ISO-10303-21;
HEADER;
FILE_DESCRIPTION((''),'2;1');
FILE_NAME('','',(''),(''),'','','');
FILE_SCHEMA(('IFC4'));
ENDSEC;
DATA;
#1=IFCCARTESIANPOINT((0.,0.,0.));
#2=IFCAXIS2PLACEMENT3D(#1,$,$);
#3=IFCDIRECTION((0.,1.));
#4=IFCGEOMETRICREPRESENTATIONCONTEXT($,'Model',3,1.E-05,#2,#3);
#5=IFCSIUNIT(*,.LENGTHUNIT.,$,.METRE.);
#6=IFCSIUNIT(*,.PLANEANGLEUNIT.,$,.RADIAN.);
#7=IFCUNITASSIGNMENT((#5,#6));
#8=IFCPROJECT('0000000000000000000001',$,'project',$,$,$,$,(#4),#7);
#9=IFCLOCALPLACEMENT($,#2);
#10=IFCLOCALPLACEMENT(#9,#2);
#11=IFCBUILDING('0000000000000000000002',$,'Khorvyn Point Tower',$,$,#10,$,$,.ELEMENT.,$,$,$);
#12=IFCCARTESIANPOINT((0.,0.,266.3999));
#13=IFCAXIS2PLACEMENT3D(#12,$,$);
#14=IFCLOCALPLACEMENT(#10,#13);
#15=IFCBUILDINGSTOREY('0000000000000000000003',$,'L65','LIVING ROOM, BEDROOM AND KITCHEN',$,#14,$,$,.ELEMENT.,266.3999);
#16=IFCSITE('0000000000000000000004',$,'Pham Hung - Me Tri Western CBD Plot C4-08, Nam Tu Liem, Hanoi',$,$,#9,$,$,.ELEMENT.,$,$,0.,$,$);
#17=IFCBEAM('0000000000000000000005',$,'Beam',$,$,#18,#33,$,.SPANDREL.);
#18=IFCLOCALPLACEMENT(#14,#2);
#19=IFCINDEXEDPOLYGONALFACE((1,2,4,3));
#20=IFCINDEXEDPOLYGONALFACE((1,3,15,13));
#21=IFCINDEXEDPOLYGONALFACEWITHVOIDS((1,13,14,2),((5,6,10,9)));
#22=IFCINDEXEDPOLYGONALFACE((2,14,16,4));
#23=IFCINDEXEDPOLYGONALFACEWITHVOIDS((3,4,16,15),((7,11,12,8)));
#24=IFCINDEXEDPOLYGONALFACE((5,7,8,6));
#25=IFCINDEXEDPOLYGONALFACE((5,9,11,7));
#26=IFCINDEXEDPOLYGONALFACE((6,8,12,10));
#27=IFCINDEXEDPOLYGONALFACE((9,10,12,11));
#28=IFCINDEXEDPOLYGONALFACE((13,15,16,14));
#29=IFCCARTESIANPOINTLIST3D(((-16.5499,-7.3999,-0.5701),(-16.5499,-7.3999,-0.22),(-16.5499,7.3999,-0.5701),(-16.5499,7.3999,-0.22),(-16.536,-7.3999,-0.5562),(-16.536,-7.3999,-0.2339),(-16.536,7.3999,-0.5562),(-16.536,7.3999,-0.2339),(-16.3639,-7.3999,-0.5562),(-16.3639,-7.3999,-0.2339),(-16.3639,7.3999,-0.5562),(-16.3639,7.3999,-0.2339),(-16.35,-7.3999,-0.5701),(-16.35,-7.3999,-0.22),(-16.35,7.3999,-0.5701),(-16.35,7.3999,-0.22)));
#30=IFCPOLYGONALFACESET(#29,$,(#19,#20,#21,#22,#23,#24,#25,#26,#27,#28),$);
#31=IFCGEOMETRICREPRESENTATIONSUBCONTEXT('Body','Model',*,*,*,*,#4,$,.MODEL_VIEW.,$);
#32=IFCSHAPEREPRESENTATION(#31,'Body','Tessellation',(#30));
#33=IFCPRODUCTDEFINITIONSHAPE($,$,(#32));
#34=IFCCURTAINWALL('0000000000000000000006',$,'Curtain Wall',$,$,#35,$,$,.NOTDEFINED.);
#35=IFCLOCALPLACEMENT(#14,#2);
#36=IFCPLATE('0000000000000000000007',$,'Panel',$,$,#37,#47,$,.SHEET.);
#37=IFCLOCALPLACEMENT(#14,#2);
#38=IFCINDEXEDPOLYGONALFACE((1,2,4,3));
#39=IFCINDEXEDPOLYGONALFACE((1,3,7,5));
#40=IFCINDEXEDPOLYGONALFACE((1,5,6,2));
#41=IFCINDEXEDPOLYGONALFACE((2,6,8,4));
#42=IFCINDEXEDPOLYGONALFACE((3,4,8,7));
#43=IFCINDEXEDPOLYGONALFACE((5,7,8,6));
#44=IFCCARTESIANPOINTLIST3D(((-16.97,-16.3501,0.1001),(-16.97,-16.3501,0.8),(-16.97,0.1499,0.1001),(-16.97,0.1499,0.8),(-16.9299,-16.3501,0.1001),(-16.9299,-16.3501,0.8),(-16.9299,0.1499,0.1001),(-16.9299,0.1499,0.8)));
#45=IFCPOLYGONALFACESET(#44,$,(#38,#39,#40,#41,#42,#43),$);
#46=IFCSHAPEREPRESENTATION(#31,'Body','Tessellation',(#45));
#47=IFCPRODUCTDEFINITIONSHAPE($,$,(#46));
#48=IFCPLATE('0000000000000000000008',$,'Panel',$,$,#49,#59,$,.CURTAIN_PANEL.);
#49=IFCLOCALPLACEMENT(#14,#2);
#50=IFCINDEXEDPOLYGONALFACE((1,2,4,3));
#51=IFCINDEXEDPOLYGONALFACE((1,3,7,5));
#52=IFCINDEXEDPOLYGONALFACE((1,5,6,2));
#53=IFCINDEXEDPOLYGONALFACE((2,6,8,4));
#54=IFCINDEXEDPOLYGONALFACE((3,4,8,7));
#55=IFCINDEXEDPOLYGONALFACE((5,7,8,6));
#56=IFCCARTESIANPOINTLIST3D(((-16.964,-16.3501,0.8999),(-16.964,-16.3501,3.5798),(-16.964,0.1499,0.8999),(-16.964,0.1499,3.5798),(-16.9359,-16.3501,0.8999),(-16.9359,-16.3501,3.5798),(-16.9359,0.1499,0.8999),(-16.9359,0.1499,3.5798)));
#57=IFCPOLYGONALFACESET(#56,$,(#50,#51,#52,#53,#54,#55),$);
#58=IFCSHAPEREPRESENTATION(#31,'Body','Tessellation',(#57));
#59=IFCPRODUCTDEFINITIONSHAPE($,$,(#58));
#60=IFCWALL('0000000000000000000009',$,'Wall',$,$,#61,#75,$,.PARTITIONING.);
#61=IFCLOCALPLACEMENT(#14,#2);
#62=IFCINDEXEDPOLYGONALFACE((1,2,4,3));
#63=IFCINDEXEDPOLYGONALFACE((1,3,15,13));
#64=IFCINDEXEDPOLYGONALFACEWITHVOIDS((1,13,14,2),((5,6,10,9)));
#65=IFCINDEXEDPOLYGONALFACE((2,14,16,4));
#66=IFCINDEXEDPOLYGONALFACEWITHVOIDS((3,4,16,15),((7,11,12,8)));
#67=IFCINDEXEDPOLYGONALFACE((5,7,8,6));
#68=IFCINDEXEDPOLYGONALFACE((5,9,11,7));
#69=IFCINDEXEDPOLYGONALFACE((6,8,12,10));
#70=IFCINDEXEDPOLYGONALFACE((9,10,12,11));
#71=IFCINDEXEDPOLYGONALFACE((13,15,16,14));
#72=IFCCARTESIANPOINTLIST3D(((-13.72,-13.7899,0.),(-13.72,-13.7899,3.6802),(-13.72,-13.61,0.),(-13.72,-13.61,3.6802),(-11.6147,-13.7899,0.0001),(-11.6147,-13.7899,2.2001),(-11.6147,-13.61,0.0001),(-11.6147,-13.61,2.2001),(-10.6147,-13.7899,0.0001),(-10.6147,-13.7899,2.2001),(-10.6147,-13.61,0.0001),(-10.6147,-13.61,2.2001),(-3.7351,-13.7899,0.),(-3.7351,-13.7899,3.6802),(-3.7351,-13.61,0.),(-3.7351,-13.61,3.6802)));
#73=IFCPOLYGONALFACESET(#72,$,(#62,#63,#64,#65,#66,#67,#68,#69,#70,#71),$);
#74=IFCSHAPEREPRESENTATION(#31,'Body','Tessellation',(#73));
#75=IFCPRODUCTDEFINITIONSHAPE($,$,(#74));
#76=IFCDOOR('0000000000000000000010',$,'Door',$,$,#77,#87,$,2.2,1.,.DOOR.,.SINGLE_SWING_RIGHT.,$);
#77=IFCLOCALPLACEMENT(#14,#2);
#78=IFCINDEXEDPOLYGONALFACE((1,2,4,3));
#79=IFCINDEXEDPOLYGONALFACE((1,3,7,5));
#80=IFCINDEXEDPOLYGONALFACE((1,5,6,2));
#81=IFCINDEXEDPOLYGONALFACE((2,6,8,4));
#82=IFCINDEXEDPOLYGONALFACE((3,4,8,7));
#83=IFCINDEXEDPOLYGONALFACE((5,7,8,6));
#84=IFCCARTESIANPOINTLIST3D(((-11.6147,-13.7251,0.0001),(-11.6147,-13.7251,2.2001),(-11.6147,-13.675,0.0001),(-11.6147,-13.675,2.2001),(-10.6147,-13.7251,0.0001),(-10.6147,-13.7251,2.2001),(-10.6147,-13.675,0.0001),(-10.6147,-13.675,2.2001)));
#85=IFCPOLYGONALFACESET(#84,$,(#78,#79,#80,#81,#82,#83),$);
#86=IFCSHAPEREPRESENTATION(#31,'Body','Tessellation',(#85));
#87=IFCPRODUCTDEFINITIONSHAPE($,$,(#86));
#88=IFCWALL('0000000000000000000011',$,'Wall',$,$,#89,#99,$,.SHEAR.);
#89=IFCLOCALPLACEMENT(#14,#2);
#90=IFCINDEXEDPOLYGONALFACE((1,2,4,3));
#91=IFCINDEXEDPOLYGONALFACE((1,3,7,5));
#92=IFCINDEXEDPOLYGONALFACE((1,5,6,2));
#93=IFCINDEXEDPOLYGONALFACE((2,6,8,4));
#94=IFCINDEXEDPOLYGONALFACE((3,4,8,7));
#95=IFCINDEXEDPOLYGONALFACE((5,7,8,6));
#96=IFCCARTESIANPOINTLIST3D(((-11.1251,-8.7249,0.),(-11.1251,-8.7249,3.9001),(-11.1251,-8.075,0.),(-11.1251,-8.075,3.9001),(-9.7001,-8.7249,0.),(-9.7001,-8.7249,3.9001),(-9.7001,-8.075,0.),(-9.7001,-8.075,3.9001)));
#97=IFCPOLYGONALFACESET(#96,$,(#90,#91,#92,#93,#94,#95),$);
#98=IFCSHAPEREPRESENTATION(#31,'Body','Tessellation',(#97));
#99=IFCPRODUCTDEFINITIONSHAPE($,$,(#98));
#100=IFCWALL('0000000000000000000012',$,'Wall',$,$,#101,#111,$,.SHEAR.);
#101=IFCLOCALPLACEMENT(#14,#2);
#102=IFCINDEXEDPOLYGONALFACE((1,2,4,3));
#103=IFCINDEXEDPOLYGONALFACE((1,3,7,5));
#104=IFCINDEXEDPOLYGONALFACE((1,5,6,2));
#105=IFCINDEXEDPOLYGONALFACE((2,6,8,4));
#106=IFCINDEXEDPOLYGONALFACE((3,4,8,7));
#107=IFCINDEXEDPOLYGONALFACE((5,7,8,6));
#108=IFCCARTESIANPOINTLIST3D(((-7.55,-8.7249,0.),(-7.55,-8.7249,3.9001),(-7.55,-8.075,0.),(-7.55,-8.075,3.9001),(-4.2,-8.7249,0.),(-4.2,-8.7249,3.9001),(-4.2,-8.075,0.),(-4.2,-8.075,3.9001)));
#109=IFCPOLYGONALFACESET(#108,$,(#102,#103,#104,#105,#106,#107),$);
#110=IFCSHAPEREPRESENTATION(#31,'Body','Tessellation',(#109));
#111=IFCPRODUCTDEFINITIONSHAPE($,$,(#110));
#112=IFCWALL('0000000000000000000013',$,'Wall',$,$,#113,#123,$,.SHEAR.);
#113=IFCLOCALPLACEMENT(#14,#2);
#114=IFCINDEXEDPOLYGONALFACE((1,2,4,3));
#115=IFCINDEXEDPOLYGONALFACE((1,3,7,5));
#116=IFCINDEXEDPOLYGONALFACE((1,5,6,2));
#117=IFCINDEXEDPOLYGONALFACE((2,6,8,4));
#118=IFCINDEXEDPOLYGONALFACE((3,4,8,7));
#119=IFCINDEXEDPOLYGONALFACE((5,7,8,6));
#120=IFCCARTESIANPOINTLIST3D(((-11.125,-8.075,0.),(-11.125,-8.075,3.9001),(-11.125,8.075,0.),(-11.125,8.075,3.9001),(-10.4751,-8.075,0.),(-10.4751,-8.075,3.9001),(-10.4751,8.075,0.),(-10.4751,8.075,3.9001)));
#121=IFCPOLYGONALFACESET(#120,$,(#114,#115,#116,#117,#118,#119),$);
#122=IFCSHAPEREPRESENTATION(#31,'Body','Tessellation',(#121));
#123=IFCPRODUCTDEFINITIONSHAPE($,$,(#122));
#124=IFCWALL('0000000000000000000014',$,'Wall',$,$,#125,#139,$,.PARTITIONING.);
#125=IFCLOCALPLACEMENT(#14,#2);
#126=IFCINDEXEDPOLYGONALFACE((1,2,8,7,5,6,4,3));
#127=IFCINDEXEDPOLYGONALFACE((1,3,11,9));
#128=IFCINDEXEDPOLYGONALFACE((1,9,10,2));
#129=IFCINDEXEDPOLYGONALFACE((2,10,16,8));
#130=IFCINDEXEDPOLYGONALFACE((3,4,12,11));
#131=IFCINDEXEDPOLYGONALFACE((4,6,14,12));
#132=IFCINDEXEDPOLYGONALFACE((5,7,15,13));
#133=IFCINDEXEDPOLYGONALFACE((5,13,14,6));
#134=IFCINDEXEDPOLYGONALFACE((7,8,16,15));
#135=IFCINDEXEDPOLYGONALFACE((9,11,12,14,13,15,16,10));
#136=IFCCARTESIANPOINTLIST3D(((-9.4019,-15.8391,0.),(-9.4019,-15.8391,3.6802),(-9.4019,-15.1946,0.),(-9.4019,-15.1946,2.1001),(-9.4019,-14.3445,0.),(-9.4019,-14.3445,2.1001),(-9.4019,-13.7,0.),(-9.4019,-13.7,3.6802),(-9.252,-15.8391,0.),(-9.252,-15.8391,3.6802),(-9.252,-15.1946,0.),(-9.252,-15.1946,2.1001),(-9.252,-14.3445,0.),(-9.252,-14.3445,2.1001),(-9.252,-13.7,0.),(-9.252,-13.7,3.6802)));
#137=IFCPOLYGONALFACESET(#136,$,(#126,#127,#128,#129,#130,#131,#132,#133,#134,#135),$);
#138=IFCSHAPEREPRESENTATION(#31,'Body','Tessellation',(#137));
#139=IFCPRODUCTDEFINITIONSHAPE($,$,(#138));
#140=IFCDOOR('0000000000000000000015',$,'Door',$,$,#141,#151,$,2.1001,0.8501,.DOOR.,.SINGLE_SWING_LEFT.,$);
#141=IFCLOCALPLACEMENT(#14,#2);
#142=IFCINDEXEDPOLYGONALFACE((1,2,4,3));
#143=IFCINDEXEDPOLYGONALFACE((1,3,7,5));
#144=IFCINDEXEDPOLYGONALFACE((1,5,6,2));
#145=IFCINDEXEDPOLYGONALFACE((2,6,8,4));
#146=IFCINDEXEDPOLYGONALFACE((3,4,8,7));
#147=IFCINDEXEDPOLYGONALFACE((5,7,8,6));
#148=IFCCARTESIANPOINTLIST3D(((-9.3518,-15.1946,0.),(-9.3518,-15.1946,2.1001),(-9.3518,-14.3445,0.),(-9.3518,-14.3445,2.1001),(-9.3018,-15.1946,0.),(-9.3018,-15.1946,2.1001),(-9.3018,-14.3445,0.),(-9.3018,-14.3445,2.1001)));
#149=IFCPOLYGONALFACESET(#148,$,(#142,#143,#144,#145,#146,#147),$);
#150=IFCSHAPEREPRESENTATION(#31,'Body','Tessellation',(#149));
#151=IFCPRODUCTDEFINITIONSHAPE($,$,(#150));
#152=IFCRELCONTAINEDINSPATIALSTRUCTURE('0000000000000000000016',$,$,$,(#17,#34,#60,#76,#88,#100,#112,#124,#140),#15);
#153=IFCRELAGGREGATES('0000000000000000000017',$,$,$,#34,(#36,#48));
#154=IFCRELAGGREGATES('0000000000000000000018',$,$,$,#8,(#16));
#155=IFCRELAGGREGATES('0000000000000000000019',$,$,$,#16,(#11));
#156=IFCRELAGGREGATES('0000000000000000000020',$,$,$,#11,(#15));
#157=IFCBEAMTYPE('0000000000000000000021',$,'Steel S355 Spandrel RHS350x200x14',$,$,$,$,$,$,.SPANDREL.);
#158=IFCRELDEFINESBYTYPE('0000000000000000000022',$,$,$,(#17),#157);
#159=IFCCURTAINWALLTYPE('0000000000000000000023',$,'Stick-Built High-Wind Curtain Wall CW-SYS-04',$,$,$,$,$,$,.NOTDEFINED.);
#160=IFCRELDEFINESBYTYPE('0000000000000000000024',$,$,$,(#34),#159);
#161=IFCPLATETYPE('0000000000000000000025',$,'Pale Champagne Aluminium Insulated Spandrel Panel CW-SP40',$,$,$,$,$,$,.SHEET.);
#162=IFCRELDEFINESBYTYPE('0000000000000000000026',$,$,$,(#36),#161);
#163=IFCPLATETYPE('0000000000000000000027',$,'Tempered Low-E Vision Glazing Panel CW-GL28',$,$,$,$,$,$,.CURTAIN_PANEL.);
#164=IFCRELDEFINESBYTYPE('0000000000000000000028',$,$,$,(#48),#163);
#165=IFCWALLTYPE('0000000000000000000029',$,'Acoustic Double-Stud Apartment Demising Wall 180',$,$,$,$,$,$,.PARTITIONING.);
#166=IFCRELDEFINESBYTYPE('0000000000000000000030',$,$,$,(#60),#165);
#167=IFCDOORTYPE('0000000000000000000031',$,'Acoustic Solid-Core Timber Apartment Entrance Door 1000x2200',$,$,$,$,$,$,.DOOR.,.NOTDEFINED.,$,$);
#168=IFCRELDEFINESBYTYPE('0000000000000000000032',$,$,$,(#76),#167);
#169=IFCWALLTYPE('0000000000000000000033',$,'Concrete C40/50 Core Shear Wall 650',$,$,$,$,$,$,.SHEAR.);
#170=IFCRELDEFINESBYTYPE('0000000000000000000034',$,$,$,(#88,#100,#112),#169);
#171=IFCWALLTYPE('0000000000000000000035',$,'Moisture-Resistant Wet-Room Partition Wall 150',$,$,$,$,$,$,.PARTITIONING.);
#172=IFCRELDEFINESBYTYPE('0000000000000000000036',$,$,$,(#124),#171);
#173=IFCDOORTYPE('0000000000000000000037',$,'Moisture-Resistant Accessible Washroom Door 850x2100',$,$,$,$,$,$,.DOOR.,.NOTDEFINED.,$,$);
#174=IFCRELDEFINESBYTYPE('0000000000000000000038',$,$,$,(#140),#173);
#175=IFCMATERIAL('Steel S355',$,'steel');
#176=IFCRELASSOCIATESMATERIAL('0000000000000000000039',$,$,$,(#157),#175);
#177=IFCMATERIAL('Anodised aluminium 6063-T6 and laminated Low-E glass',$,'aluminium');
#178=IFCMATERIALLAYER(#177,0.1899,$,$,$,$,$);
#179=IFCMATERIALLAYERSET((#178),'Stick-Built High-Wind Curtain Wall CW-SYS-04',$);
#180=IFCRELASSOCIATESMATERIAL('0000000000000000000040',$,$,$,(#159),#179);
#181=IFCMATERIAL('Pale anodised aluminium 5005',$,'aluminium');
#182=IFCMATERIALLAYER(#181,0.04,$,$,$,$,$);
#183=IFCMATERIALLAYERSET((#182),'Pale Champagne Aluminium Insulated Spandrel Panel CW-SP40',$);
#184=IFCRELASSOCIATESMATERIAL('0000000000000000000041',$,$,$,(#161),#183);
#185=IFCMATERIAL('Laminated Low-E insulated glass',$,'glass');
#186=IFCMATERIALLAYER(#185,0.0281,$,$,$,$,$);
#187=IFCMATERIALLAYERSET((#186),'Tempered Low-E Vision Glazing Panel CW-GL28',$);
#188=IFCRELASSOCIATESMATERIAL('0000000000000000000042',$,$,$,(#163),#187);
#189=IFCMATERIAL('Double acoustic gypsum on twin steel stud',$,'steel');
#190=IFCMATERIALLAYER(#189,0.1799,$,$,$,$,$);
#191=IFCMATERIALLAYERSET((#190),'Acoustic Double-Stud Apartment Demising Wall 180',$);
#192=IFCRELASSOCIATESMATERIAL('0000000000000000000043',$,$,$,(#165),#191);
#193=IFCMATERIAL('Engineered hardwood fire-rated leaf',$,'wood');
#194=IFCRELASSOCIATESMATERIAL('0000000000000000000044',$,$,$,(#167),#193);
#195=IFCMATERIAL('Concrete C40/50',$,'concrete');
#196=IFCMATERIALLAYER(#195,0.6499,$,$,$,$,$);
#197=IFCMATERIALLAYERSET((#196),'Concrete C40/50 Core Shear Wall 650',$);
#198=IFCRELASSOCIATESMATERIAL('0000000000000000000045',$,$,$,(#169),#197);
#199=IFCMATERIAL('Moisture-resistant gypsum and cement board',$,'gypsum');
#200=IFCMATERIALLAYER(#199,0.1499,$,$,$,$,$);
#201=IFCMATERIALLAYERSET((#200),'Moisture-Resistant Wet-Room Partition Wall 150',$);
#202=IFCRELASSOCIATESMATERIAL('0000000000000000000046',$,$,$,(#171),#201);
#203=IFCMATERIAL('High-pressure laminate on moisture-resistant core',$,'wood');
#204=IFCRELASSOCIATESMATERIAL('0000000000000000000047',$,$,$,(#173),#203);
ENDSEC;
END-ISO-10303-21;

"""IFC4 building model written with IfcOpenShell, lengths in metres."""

from ifc_helpers import new_model, si_unit, direction, frame, frame_2d, origin, origin_2d, place, context, subcontext, project, spatial, rectangle, hollow_rectangle, extrude, material, layer, layer_set, material_profile, profile_set, type_object, element, fill, aggregate, save


model = new_model("IFC4")

# Units and contexts
model_context = context("Model", 3, precision=1e-05, world=origin(), true_north=direction((0.0, 1.0)))
body_context = subcontext(model_context, "Body", "Model", "MODEL_VIEW")
ifc_project = project(units=[si_unit("LENGTHUNIT", "METRE"), si_unit("PLANEANGLEUNIT", "RADIAN")], contexts=[model_context])

# Site, building, storey
site_placement = place(None, origin())
site = spatial("IfcSite", under=ifc_project, at=site_placement, Name="Pham Hung - Me Tri Western CBD Plot C4-08, Nam Tu Liem, Hanoi", CompositionType="ELEMENT", RefElevation=0.0)
building_placement = place(site_placement, origin())
building = spatial("IfcBuilding", under=site, at=building_placement, Name="Khorvyn Point Tower", CompositionType="ELEMENT")
storey_placement = place(building_placement, frame((0.0, 0.0, 266.3999)))
storey = spatial("IfcBuildingStorey", under=building, at=storey_placement, Name="L65", Description="LIVING ROOM, BEDROOM AND KITCHEN", CompositionType="ELEMENT", Elevation=266.3999)

# Shared definitions
ifc_material_1 = material(Name="Concrete C40/50", Category="concrete")
ifc_material_2 = material(Name="Steel S355", Category="steel")

# Beam
ifc_material_profile_1 = material_profile(ifc_material_2, hollow_rectangle(XDim=0.2, YDim=0.3501, WallThickness=0.0139, at=origin_2d()))
ifc_profile_set_1 = profile_set([ifc_material_profile_1], Name="Steel S355 RHS350x200x14")
beam_type_1 = type_object("IfcBeamType", Name="Steel S355 Spandrel RHS350x200x14", PredefinedType="SPANDREL", material=ifc_profile_set_1)
beam_1_placement = place(storey_placement, frame((-16.45, -7.3999, -0.395), z_axis=(0.0, 1.0, 0.0), x_axis=(-1.0, 0.0, 0.0)))
element("IfcBeam", 1, at=beam_1_placement, inside=storey, type_object=beam_type_1, Name="Beam", PredefinedType="SPANDREL", context=body_context, shape_type="SweptSolid", body=[
    extrude(hollow_rectangle(XDim=0.2, YDim=0.3501, WallThickness=0.0139, at=origin_2d()), origin(), (0.0, 0.0, 1.0), 14.7998),
])

# Curtain wall, plates
ifc_material_3 = material(Name="Anodised aluminium 6063-T6 and laminated Low-E glass", Category="aluminium")
ifc_layer_1 = layer(ifc_material_3, 0.1899)
ifc_layer_set_1 = layer_set([ifc_layer_1], Name="Stick-Built High-Wind Curtain Wall CW-SYS-04")
curtain_wall_type = type_object("IfcCurtainWallType", Name="Stick-Built High-Wind Curtain Wall CW-SYS-04", PredefinedType="NOTDEFINED", material=ifc_layer_set_1)
curtain_wall_placement = place(storey_placement, origin())
curtain_wall = element("IfcCurtainWall", 2, at=curtain_wall_placement, inside=storey, type_object=curtain_wall_type, Name="Curtain Wall", PredefinedType="NOTDEFINED")
ifc_material_4 = material(Name="Pale anodised aluminium 5005", Category="aluminium")
ifc_layer_2 = layer(ifc_material_4, 0.04)
ifc_layer_set_2 = layer_set([ifc_layer_2], Name="Pale Champagne Aluminium Insulated Spandrel Panel CW-SP40")
plate_type_1 = type_object("IfcPlateType", Name="Pale Champagne Aluminium Insulated Spandrel Panel CW-SP40", PredefinedType="SHEET", material=ifc_layer_set_2)
plate_1_placement = place(storey_placement, frame((-16.95, -8.1001, 0.1001), z_axis=(0.0, 0.0, 1.0), x_axis=(0.0, 1.0, 0.0)))
plate_1 = element("IfcPlate", 3, at=plate_1_placement, type_object=plate_type_1, Name="Panel", PredefinedType="SHEET", context=body_context, shape_type="SweptSolid", body=[
    extrude(rectangle(XDim=16.5, YDim=0.04, at=origin_2d()), origin(), (0.0, 0.0, 1.0), 0.7),
])
ifc_material_5 = material(Name="Laminated Low-E insulated glass", Category="glass")
ifc_layer_3 = layer(ifc_material_5, 0.0281)
ifc_layer_set_3 = layer_set([ifc_layer_3], Name="Tempered Low-E Vision Glazing Panel CW-GL28")
plate_type_2 = type_object("IfcPlateType", Name="Tempered Low-E Vision Glazing Panel CW-GL28", PredefinedType="CURTAIN_PANEL", material=ifc_layer_set_3)
plate_2_placement = place(storey_placement, frame((-16.95, -8.1001, 0.8999), z_axis=(0.0, 0.0, 1.0), x_axis=(0.0, 1.0, 0.0)))
plate_2 = element("IfcPlate", 4, at=plate_2_placement, type_object=plate_type_2, Name="Panel", PredefinedType="CURTAIN_PANEL", context=body_context, shape_type="SweptSolid", body=[
    extrude(rectangle(XDim=16.5, YDim=0.0281, at=origin_2d()), origin(), (0.0, 0.0, 1.0), 2.6799),
])
aggregate(curtain_wall, [plate_1, plate_2])

# Wall, opening, door
ifc_material_6 = material(Name="Double acoustic gypsum on twin steel stud", Category="steel")
ifc_layer_4 = layer(ifc_material_6, 0.1799)
ifc_layer_set_4 = layer_set([ifc_layer_4], Name="Acoustic Double-Stud Apartment Demising Wall 180")
wall_type_1 = type_object("IfcWallType", Name="Acoustic Double-Stud Apartment Demising Wall 180", PredefinedType="PARTITIONING", material=ifc_layer_set_4)
wall_1_placement = place(storey_placement, frame((-13.72, -13.7, 0.0), z_axis=(0.0, 0.0, 1.0), x_axis=(1.0, 0.0, 0.0)))
wall_1 = element("IfcWall", 5, at=wall_1_placement, inside=storey, type_object=wall_type_1, Name="Wall", PredefinedType="PARTITIONING", context=body_context, shape_type="SweptSolid", body=[
    extrude(rectangle(XDim=9.9849, YDim=0.1799, at=frame_2d((4.9924, 0.0))), origin(), (0.0, 0.0, 1.0), 3.6802),
])
opening_1_placement = place(wall_1_placement, frame((2.1052, 0.0, 0.0)))
opening_1 = element("IfcOpeningElement", 6, at=opening_1_placement, cuts=wall_1, PredefinedType="OPENING", context=body_context, shape_type="SweptSolid", body=[
    extrude(rectangle(XDim=1.0, YDim=2.2, at=frame_2d((0.5, 1.1001))), frame((0.0, 0.0999, 0.0), z_axis=(0.0, -1.0, 0.0), x_axis=(1.0, 0.0, 0.0)), (0.0, 0.0, 1.0), 0.2),
])
ifc_material_7 = material(Name="Engineered hardwood fire-rated leaf", Category="wood")
door_type_1 = type_object("IfcDoorType", Name="Acoustic Solid-Core Timber Apartment Entrance Door 1000x2200", OperationType="NOTDEFINED", PredefinedType="DOOR", material=ifc_material_7)
door_1_placement = place(opening_1_placement, origin())
door_1 = element("IfcDoor", 7, at=door_1_placement, inside=storey, type_object=door_type_1, Name="Door", OperationType="SINGLE_SWING_RIGHT", OverallHeight=2.2, OverallWidth=1.0, PredefinedType="DOOR", context=body_context, shape_type="SweptSolid", body=[
    extrude(rectangle(XDim=1.0, YDim=2.2, at=frame_2d((0.5, 1.1001))), frame((0.0, 0.0249, 0.0), z_axis=(0.0, -1.0, 0.0), x_axis=(1.0, 0.0, 0.0)), (0.0, 0.0, 1.0), 0.05),
])
fill(opening_1, door_1)

# Walls
ifc_layer_5 = layer(ifc_material_1, 0.6499)
ifc_layer_set_5 = layer_set([ifc_layer_5], Name="Concrete C40/50 Core Shear Wall 650")
wall_type_2 = type_object("IfcWallType", Name="Concrete C40/50 Core Shear Wall 650", PredefinedType="SHEAR", material=ifc_layer_set_5)
wall_2_placement = place(storey_placement, frame((-11.125, -8.3999, 0.0), z_axis=(0.0, 0.0, 1.0), x_axis=(1.0, 0.0, 0.0)))
element("IfcWall", 8, at=wall_2_placement, inside=storey, type_object=wall_type_2, Name="Wall", PredefinedType="SHEAR", context=body_context, shape_type="SweptSolid", body=[
    extrude(rectangle(XDim=1.425, YDim=0.6499, at=frame_2d((0.7124, 0.0))), origin(), (0.0, 0.0, 1.0), 3.9001),
])
wall_3_placement = place(storey_placement, frame((-7.55, -8.3999, 0.0), z_axis=(0.0, 0.0, 1.0), x_axis=(1.0, 0.0, 0.0)))
element("IfcWall", 9, at=wall_3_placement, inside=storey, type_object=wall_type_2, Name="Wall", PredefinedType="SHEAR", context=body_context, shape_type="SweptSolid", body=[
    extrude(rectangle(XDim=3.3501, YDim=0.6499, at=frame_2d((1.675, 0.0))), origin(), (0.0, 0.0, 1.0), 3.9001),
])
wall_4_placement = place(storey_placement, frame((-10.8, -8.075, 0.0), z_axis=(0.0, 0.0, 1.0), x_axis=(0.0, 1.0, 0.0)))
element("IfcWall", 10, at=wall_4_placement, inside=storey, type_object=wall_type_2, Name="Wall", PredefinedType="SHEAR", context=body_context, shape_type="SweptSolid", body=[
    extrude(rectangle(XDim=16.1499, YDim=0.6499, at=frame_2d((8.075, 0.0))), origin(), (0.0, 0.0, 1.0), 3.9001),
])

# Wall, opening, door
ifc_material_8 = material(Name="Moisture-resistant gypsum and cement board", Category="gypsum")
ifc_layer_6 = layer(ifc_material_8, 0.1499)
ifc_layer_set_6 = layer_set([ifc_layer_6], Name="Moisture-Resistant Wet-Room Partition Wall 150")
wall_type_3 = type_object("IfcWallType", Name="Moisture-Resistant Wet-Room Partition Wall 150", PredefinedType="PARTITIONING", material=ifc_layer_set_6)
wall_5_placement = place(storey_placement, frame((-9.3269, -15.8391, 0.0), z_axis=(0.0, 0.0, 1.0), x_axis=(0.0, 1.0, 0.0)))
wall_5 = element("IfcWall", 11, at=wall_5_placement, inside=storey, type_object=wall_type_3, Name="Wall", PredefinedType="PARTITIONING", context=body_context, shape_type="SweptSolid", body=[
    extrude(rectangle(XDim=2.1392, YDim=0.1499, at=frame_2d((1.0696, 0.0))), origin(), (0.0, 0.0, 1.0), 3.6802),
])
opening_2_placement = place(wall_5_placement, frame((0.6445, 0.0, 0.0)))
opening_2 = element("IfcOpeningElement", 12, at=opening_2_placement, cuts=wall_5, PredefinedType="OPENING", context=body_context, shape_type="SweptSolid", body=[
    extrude(rectangle(XDim=0.8501, YDim=2.1001, at=frame_2d((0.425, 1.05))), frame((0.0, 0.085, 0.0), z_axis=(0.0, -1.0, 0.0), x_axis=(1.0, 0.0, 0.0)), (0.0, 0.0, 1.0), 0.1699),
])
ifc_material_9 = material(Name="High-pressure laminate on moisture-resistant core", Category="wood")
door_type_2 = type_object("IfcDoorType", Name="Moisture-Resistant Accessible Washroom Door 850x2100", OperationType="NOTDEFINED", PredefinedType="DOOR", material=ifc_material_9)
door_2_placement = place(opening_2_placement, origin())
door_2 = element("IfcDoor", 13, at=door_2_placement, inside=storey, type_object=door_type_2, Name="Door", OperationType="SINGLE_SWING_LEFT", OverallHeight=2.1001, OverallWidth=0.8501, PredefinedType="DOOR", context=body_context, shape_type="SweptSolid", body=[
    extrude(rectangle(XDim=0.8501, YDim=2.1001, at=frame_2d((0.425, 1.05))), frame((0.0, 0.0249, 0.0), z_axis=(0.0, -1.0, 0.0), x_axis=(1.0, 0.0, 0.0)), (0.0, 0.0, 1.0), 0.05),
])
fill(opening_2, door_2)

save(model, "model.ifc")
